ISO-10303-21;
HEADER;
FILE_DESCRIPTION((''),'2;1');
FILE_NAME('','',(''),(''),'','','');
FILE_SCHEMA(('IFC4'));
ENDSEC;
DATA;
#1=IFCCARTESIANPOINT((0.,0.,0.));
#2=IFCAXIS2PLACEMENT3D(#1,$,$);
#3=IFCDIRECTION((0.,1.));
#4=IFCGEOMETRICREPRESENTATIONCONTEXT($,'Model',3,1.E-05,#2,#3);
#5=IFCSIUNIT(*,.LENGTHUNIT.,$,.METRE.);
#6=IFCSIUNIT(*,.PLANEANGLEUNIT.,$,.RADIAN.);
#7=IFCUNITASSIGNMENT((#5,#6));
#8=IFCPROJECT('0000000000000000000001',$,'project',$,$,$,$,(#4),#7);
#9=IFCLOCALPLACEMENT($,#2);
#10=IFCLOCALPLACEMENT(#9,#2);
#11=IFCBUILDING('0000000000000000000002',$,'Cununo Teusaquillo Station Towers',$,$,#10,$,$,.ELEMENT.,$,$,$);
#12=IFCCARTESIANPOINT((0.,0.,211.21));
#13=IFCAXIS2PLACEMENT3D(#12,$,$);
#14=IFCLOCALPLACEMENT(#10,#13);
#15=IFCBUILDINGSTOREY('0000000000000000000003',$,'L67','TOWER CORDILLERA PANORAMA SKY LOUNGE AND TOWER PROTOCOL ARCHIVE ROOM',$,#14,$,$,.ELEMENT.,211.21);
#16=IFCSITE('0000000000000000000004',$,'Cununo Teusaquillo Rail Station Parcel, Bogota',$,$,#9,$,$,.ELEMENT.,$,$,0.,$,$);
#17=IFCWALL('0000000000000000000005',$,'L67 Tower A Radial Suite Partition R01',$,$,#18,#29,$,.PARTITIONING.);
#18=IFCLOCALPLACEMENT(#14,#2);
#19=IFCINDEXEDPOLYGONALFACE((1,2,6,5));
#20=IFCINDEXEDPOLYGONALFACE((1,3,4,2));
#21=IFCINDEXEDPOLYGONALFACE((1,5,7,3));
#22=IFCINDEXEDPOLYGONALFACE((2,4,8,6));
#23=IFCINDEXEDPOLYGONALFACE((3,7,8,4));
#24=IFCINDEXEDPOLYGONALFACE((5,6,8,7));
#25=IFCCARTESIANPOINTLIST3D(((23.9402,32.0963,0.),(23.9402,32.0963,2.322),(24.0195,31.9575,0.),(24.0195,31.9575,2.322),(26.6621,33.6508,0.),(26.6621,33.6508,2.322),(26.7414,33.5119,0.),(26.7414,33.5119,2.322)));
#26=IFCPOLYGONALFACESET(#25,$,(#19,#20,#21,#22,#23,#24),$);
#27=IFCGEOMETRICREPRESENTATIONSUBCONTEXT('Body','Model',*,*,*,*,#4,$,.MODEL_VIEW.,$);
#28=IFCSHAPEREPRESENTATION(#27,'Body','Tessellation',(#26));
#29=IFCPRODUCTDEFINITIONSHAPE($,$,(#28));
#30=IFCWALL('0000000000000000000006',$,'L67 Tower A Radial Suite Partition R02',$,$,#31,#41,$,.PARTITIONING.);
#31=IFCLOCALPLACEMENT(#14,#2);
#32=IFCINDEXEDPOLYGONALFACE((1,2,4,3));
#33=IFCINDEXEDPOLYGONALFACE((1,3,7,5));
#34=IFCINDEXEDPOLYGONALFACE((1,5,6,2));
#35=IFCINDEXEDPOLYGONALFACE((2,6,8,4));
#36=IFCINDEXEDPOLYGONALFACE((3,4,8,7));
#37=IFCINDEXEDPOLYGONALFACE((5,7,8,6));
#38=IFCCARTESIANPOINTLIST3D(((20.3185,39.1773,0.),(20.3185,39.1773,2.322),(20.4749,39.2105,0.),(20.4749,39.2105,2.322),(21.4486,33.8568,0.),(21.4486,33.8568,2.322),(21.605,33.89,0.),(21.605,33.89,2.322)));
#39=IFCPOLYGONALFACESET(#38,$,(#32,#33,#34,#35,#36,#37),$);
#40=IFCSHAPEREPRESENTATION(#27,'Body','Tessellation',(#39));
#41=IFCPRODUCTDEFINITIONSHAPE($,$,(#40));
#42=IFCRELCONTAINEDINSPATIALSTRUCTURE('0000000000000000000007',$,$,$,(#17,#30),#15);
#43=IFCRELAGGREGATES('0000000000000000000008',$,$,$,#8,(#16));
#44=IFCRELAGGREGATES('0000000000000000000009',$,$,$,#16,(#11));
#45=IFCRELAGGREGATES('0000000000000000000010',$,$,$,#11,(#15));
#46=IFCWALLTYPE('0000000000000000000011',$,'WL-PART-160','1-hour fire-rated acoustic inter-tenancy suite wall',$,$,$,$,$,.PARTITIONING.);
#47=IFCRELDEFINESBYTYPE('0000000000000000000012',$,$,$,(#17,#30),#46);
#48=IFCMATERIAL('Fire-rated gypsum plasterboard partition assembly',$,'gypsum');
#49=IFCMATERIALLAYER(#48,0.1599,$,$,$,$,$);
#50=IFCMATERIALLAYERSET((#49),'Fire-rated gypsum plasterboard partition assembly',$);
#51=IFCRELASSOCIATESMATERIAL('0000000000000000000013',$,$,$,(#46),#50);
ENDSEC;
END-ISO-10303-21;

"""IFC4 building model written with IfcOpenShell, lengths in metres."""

from ifc_helpers import new_model, si_unit, direction, frame, frame_2d, origin, place, context, subcontext, project, spatial, rectangle, extrude, material, layer, layer_set, type_object, element, save


model = new_model("IFC4")

# Units and contexts
model_context = context("Model", 3, precision=1e-05, world=origin(), true_north=direction((0.0, 1.0)))
body_context = subcontext(model_context, "Body", "Model", "MODEL_VIEW")
ifc_project = project(units=[si_unit("LENGTHUNIT", "METRE"), si_unit("PLANEANGLEUNIT", "RADIAN")], contexts=[model_context])

# Site, building, storey
site_placement = place(None, origin())
site = spatial("IfcSite", under=ifc_project, at=site_placement, Name="Cununo Teusaquillo Rail Station Parcel, Bogota", CompositionType="ELEMENT", RefElevation=0.0)
building_placement = place(site_placement, origin())
building = spatial("IfcBuilding", under=site, at=building_placement, Name="Cununo Teusaquillo Station Towers", CompositionType="ELEMENT")
storey_placement = place(building_placement, frame((0.0, 0.0, 211.21)))
storey = spatial("IfcBuildingStorey", under=building, at=storey_placement, Name="L67", Description="TOWER CORDILLERA PANORAMA SKY LOUNGE AND TOWER PROTOCOL ARCHIVE ROOM", CompositionType="ELEMENT", Elevation=211.21)

# Walls
ifc_material_1 = material(Name="Fire-rated gypsum plasterboard partition assembly", Category="gypsum")
ifc_layer_1 = layer(ifc_material_1, 0.1599)
ifc_layer_set_1 = layer_set([ifc_layer_1], Name="Fire-rated gypsum plasterboard partition assembly")
wall_type_1 = type_object("IfcWallType", Name="WL-PART-160", Description="1-hour fire-rated acoustic inter-tenancy suite wall", PredefinedType="PARTITIONING", material=ifc_layer_set_1)
wall_1_placement = place(storey_placement, frame((23.9797, 32.0269, 0.0), z_axis=(0.0, 0.0, 1.0), x_axis=(0.868373, 0.495912, 0.0)))
element("IfcWall", 1, at=wall_1_placement, inside=storey, type_object=wall_type_1, Name="L67 Tower A Radial Suite Partition R01", PredefinedType="PARTITIONING", context=body_context, shape_type="SweptSolid", body=[
    extrude(rectangle(XDim=3.1345, YDim=0.1599, at=frame_2d((1.5674, 0.0))), origin(), (0.0, 0.0, 1.0), 2.322),
])
wall_2_placement = place(storey_placement, frame((21.5269, 33.8733, 0.0), z_axis=(0.0, 0.0, 1.0), x_axis=(-0.207772, 0.978177, 0.0)))
element("IfcWall", 2, at=wall_2_placement, inside=storey, type_object=wall_type_1, Name="L67 Tower A Radial Suite Partition R02", PredefinedType="PARTITIONING", context=body_context, shape_type="SweptSolid", body=[
    extrude(rectangle(XDim=5.4392, YDim=0.1599, at=frame_2d((2.7197, 0.0))), origin(), (0.0, 0.0, 1.0), 2.322),
])

save(model, "model.ifc")
